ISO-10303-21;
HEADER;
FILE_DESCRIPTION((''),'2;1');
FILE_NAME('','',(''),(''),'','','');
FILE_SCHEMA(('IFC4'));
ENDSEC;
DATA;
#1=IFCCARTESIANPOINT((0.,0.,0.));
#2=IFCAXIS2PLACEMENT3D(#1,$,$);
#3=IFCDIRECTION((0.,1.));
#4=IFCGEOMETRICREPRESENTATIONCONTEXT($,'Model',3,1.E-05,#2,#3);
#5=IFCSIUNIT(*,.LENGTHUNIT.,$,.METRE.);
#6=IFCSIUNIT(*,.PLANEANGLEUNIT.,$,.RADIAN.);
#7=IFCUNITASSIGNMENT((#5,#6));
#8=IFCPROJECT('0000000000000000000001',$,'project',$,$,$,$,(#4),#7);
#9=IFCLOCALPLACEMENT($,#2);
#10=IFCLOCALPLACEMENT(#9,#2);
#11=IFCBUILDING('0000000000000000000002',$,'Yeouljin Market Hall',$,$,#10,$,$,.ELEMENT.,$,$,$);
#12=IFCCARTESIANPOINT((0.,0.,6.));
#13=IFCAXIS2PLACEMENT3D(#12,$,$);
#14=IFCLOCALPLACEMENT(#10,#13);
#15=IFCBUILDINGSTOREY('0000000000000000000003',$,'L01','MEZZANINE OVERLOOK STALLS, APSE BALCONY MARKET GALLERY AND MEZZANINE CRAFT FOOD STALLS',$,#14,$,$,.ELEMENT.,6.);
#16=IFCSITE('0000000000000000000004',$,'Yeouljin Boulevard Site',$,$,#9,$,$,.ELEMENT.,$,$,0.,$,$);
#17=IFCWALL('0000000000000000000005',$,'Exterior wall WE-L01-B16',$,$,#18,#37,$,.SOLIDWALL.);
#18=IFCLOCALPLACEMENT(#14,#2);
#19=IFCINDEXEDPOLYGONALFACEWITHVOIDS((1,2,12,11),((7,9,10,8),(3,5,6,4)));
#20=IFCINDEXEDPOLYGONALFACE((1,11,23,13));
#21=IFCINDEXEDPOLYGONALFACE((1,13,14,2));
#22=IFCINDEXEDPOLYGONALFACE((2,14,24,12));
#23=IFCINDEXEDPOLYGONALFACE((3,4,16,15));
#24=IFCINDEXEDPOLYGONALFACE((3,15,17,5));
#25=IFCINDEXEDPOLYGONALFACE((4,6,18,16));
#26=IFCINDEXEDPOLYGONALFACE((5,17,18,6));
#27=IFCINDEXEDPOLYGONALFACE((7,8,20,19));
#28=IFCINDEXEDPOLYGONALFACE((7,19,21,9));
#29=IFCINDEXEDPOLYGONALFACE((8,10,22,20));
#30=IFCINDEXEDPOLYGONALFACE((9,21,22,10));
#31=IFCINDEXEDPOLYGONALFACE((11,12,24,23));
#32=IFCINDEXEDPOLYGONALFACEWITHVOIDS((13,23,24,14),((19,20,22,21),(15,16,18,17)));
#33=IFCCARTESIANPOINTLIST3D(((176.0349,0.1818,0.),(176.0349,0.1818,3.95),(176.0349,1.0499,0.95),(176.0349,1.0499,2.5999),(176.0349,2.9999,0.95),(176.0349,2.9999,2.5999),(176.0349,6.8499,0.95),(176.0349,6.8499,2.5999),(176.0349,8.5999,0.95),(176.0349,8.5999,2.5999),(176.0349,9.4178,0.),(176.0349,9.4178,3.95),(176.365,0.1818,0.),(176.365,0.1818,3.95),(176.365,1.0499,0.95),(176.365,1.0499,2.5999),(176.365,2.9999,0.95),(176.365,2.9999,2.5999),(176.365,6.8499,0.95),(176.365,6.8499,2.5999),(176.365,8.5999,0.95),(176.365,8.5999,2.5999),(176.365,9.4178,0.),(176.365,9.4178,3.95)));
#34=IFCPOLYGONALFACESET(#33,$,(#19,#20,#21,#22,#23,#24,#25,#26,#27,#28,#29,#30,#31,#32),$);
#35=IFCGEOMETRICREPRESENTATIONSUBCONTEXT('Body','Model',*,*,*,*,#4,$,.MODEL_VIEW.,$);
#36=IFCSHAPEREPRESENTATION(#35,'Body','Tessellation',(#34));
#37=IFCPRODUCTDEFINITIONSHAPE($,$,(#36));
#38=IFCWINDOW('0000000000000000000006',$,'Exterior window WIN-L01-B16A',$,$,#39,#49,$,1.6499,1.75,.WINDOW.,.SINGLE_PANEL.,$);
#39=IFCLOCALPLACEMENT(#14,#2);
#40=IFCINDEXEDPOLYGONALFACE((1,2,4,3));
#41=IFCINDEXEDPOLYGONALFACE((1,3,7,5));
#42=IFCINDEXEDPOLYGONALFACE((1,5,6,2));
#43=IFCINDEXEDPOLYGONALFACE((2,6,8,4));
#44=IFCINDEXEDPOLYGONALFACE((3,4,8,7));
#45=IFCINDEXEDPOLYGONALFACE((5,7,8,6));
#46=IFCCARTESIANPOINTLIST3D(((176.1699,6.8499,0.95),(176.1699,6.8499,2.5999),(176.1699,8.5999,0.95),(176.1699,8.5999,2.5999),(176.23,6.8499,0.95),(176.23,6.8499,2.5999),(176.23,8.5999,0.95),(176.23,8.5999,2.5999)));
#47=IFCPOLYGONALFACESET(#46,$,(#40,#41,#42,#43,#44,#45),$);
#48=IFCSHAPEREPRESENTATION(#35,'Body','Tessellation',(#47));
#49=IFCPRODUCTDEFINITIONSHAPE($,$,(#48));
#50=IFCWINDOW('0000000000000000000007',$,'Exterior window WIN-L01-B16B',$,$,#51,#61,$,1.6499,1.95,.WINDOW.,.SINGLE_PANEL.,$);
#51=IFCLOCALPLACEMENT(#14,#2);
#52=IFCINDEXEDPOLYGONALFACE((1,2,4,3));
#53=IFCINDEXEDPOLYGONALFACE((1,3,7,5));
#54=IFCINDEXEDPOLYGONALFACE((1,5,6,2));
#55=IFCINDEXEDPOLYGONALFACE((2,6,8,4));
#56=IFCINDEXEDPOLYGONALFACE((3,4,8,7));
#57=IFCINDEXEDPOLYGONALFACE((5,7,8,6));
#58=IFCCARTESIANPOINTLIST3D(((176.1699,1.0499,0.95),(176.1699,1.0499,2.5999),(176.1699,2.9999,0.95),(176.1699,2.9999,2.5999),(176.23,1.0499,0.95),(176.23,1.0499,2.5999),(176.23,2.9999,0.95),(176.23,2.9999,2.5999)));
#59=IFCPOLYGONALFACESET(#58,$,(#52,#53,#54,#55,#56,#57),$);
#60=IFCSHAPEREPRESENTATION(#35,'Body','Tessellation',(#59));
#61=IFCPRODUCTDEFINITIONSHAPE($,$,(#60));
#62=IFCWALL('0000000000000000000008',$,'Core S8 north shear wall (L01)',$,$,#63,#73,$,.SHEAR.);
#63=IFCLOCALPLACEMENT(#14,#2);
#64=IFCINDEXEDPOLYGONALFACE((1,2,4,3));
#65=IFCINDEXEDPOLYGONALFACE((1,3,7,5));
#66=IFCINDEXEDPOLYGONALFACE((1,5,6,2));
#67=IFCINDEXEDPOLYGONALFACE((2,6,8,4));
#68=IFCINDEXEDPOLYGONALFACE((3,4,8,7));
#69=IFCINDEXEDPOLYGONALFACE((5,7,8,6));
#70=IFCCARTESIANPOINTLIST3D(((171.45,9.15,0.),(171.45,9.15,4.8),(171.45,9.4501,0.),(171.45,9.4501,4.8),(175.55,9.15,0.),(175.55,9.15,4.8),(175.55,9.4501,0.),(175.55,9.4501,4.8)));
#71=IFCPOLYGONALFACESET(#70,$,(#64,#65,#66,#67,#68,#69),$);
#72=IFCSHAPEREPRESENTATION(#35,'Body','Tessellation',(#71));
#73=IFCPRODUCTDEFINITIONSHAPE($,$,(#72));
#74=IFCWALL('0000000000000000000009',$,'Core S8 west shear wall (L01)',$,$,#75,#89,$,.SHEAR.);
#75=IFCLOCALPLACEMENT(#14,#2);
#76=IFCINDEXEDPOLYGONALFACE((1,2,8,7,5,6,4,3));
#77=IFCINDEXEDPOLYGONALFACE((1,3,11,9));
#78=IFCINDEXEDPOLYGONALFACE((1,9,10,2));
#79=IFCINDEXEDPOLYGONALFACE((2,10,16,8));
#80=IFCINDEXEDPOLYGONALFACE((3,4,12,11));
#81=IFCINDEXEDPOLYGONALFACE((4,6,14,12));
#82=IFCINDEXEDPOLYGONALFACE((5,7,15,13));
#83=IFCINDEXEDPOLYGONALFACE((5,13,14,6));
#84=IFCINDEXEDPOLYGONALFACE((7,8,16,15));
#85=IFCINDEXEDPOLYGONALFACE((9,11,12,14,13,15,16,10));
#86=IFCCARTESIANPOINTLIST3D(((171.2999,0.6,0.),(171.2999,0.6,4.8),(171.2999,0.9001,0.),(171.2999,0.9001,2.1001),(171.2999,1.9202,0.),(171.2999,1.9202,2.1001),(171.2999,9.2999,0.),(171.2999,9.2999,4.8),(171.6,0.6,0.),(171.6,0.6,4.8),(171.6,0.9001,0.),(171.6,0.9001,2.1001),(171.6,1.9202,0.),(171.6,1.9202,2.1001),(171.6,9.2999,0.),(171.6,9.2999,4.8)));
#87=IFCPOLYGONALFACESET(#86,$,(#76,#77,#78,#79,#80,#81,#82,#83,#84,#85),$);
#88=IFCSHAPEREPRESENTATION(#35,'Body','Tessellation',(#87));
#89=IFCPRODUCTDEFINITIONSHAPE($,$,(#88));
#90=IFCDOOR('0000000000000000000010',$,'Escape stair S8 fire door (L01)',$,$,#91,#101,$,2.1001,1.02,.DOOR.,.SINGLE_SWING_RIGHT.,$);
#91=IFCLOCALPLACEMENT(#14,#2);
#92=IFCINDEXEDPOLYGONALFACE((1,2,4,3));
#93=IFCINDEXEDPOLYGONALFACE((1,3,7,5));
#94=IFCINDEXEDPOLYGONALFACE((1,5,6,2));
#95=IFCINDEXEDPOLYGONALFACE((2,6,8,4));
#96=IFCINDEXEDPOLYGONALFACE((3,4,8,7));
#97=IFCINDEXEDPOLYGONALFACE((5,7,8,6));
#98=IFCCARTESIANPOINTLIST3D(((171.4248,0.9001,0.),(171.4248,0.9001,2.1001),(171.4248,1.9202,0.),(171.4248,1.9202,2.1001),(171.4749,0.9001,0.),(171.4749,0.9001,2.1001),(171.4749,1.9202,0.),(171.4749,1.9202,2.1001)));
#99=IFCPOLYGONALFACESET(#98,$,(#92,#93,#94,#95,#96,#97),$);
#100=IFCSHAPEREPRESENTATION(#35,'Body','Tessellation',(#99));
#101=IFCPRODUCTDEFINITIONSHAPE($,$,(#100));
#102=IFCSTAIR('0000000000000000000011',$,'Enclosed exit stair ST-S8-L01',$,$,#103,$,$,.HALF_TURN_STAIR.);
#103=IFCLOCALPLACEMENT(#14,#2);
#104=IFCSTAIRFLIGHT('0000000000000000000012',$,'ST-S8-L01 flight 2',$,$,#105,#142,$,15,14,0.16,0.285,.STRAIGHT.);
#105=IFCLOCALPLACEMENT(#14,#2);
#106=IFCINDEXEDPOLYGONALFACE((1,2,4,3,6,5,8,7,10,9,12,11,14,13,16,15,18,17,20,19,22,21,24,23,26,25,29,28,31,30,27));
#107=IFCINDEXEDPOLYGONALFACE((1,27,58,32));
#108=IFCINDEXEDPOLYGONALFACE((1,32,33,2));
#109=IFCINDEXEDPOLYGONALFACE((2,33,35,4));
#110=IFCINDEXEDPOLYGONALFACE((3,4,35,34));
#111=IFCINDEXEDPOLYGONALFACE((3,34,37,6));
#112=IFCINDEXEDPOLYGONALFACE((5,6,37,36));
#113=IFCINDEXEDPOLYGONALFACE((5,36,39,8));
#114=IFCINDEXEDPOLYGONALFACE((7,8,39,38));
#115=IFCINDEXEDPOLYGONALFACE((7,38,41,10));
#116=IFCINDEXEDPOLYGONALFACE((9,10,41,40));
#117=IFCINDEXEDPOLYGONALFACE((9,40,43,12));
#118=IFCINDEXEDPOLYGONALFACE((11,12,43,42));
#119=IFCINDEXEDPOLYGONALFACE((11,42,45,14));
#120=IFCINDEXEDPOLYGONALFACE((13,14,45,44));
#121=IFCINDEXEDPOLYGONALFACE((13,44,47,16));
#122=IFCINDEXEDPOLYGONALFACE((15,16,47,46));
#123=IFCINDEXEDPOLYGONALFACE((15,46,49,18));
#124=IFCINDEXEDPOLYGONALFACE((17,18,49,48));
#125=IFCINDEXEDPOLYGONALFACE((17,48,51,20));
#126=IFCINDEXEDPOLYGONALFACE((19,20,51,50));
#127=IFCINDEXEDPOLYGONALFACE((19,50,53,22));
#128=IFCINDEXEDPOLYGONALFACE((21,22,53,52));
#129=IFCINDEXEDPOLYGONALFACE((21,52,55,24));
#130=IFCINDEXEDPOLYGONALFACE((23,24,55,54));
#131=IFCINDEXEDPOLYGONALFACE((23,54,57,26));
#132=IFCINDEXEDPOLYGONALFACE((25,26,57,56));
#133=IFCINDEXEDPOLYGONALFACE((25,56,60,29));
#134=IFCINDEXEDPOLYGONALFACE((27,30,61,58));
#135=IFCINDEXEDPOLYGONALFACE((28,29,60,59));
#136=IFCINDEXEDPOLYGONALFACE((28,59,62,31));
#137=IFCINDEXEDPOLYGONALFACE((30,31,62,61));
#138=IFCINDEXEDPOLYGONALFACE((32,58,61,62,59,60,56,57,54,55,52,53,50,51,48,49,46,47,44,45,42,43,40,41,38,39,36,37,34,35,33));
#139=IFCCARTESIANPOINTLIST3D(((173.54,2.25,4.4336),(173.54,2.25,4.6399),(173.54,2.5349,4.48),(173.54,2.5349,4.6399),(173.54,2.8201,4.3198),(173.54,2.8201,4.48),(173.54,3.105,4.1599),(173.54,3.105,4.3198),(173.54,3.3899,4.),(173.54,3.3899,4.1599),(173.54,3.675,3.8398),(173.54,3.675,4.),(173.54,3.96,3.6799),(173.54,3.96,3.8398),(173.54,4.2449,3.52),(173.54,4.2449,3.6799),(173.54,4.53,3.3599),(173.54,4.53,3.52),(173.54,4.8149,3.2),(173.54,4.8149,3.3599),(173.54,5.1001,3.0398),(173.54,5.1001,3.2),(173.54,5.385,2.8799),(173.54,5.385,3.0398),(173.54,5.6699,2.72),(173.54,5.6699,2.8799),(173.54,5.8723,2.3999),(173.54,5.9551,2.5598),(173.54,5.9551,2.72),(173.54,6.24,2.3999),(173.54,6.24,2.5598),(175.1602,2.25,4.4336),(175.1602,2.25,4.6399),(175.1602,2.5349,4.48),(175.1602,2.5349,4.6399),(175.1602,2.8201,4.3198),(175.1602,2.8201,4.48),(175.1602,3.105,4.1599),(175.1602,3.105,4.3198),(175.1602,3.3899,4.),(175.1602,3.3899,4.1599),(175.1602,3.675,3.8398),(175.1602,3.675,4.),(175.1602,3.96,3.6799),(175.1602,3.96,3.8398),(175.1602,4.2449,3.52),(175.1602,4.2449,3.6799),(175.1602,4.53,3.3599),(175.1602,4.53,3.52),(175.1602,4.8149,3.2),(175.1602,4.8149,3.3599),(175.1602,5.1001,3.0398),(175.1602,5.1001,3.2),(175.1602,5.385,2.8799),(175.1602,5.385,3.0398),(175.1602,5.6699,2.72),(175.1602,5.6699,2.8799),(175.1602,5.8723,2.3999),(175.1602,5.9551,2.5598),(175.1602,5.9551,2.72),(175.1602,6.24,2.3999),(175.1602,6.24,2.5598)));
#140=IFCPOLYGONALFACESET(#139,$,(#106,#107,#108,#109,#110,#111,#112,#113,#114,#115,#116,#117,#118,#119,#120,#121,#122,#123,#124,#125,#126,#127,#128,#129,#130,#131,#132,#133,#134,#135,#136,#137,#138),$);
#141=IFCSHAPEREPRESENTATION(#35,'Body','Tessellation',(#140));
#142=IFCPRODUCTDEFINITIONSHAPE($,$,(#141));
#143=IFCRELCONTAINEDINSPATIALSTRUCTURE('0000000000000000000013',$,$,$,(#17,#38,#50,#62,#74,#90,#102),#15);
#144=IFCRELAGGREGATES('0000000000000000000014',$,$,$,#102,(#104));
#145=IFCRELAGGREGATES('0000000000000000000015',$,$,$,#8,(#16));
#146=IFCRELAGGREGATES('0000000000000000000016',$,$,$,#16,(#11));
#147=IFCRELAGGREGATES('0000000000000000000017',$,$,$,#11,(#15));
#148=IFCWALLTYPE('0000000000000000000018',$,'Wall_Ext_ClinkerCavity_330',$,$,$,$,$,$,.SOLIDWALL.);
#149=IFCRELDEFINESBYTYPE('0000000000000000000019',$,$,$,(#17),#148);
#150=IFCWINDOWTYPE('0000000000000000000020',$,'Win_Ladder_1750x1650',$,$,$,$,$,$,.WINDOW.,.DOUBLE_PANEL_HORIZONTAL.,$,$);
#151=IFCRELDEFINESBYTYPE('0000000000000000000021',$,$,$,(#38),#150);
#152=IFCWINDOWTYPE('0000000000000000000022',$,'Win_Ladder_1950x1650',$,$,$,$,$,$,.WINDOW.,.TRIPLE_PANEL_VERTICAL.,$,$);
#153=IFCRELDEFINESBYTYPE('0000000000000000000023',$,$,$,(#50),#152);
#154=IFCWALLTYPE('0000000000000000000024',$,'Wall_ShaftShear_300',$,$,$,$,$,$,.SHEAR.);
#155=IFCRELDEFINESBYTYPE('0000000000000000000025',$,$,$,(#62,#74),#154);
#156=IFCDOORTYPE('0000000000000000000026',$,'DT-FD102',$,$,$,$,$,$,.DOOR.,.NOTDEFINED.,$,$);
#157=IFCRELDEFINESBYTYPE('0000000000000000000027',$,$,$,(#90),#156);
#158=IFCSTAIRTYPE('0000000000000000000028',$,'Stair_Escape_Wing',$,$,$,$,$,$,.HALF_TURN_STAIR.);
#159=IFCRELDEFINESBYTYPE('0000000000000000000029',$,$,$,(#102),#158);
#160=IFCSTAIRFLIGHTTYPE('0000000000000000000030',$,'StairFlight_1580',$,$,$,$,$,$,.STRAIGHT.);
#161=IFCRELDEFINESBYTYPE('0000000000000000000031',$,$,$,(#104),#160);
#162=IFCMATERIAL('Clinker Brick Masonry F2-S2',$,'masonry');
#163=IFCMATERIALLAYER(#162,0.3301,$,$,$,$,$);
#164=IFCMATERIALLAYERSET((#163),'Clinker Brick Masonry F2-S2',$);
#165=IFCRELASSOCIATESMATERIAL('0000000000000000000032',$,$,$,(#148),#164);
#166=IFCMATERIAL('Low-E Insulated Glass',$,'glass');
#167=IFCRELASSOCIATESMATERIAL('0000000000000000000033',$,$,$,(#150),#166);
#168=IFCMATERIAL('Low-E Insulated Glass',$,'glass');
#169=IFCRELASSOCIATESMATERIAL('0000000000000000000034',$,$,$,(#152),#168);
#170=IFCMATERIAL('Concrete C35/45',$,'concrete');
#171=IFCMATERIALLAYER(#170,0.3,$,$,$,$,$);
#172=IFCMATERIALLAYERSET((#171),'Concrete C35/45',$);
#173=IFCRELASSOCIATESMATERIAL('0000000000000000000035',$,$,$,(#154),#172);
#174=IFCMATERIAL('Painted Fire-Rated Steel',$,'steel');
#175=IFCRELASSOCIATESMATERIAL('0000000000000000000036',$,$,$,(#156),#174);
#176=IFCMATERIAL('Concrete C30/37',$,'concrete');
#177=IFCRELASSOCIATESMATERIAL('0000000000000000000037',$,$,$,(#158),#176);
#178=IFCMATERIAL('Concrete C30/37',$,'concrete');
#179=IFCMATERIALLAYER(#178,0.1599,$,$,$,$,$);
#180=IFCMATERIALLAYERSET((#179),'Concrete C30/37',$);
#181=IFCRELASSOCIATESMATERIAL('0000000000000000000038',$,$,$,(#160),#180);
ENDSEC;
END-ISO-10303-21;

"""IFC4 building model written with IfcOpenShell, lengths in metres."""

from ifc_helpers import new_model, si_unit, direction, frame, frame_2d, origin, place, context, subcontext, project, spatial, polyline, rectangle, outline, extrude, material, layer, layer_set, type_object, element, fill, aggregate, save


model = new_model("IFC4")

# Units and contexts
model_context = context("Model", 3, precision=1e-05, world=origin(), true_north=direction((0.0, 1.0)))
body_context = subcontext(model_context, "Body", "Model", "MODEL_VIEW")
ifc_project = project(units=[si_unit("LENGTHUNIT", "METRE"), si_unit("PLANEANGLEUNIT", "RADIAN")], contexts=[model_context])

# Site, building, storey
site_placement = place(None, origin())
site = spatial("IfcSite", under=ifc_project, at=site_placement, Name="Yeouljin Boulevard Site", CompositionType="ELEMENT", RefElevation=0.0)
building_placement = place(site_placement, origin())
building = spatial("IfcBuilding", under=site, at=building_placement, Name="Yeouljin Market Hall", CompositionType="ELEMENT")
storey_placement = place(building_placement, frame((0.0, 0.0, 6.0)))
storey = spatial("IfcBuildingStorey", under=building, at=storey_placement, Name="L01", Description="MEZZANINE OVERLOOK STALLS, APSE BALCONY MARKET GALLERY AND MEZZANINE CRAFT FOOD STALLS", CompositionType="ELEMENT", Elevation=6.0)

# Wall, openings, windows
ifc_material_1 = material(Name="Clinker Brick Masonry F2-S2", Category="masonry")
ifc_layer_1 = layer(ifc_material_1, 0.3301)
ifc_layer_set_1 = layer_set([ifc_layer_1], Name="Clinker Brick Masonry F2-S2")
wall_type_1 = type_object("IfcWallType", Name="Wall_Ext_ClinkerCavity_330", PredefinedType="SOLIDWALL", material=ifc_layer_set_1)
wall_1_placement = place(storey_placement, frame((176.2, 9.418, 0.0), z_axis=(0.0, 0.0, 1.0), x_axis=(0.0, -1.0, 0.0)))
wall_1 = element("IfcWall", 1, at=wall_1_placement, inside=storey, type_object=wall_type_1, Name="Exterior wall WE-L01-B16", PredefinedType="SOLIDWALL", context=body_context, shape_type="SweptSolid", body=[
    extrude(rectangle(XDim=9.2361, YDim=0.3301, at=frame_2d((4.6182, 0.0))), origin(), (0.0, 0.0, 1.0), 3.95),
])
opening_1_placement = place(wall_1_placement, frame((0.8181, 0.0, 0.95)))
opening_1 = element("IfcOpeningElement", 2, at=opening_1_placement, cuts=wall_1, PredefinedType="OPENING", context=body_context, shape_type="SweptSolid", body=[
    extrude(rectangle(XDim=1.75, YDim=1.6499, at=frame_2d((0.875, 0.825))), frame((0.0, 0.175, 0.0), z_axis=(0.0, -1.0, 0.0), x_axis=(1.0, 0.0, 0.0)), (0.0, 0.0, 1.0), 0.3501),
])
opening_2_placement = place(wall_1_placement, frame((6.418, 0.0, 0.95)))
opening_2 = element("IfcOpeningElement", 3, at=opening_2_placement, cuts=wall_1, PredefinedType="OPENING", context=body_context, shape_type="SweptSolid", body=[
    extrude(rectangle(XDim=1.95, YDim=1.6499, at=frame_2d((0.9751, 0.825))), frame((0.0, 0.175, 0.0), z_axis=(0.0, -1.0, 0.0), x_axis=(1.0, 0.0, 0.0)), (0.0, 0.0, 1.0), 0.3501),
])
ifc_material_2 = material(Name="Low-E Insulated Glass", Category="glass")
window_type_1 = type_object("IfcWindowType", Name="Win_Ladder_1750x1650", PartitioningType="DOUBLE_PANEL_HORIZONTAL", PredefinedType="WINDOW", material=ifc_material_2)
window_1_placement = place(opening_1_placement, origin())
window_1 = element("IfcWindow", 4, at=window_1_placement, inside=storey, type_object=window_type_1, Name="Exterior window WIN-L01-B16A", OverallHeight=1.6499, OverallWidth=1.75, PartitioningType="SINGLE_PANEL", PredefinedType="WINDOW", context=body_context, shape_type="SweptSolid", body=[
    extrude(rectangle(XDim=1.75, YDim=1.6499, at=frame_2d((0.875, 0.825))), frame((0.0, 0.03, 0.0), z_axis=(0.0, -1.0, 0.0), x_axis=(1.0, 0.0, 0.0)), (0.0, 0.0, 1.0), 0.0601),
])
fill(opening_1, window_1)
ifc_material_3 = material(Name="Low-E Insulated Glass", Category="glass")
window_type_2 = type_object("IfcWindowType", Name="Win_Ladder_1950x1650", PartitioningType="TRIPLE_PANEL_VERTICAL", PredefinedType="WINDOW", material=ifc_material_3)
window_2_placement = place(opening_2_placement, origin())
window_2 = element("IfcWindow", 5, at=window_2_placement, inside=storey, type_object=window_type_2, Name="Exterior window WIN-L01-B16B", OverallHeight=1.6499, OverallWidth=1.95, PartitioningType="SINGLE_PANEL", PredefinedType="WINDOW", context=body_context, shape_type="SweptSolid", body=[
    extrude(rectangle(XDim=1.95, YDim=1.6499, at=frame_2d((0.9751, 0.825))), frame((0.0, 0.03, 0.0), z_axis=(0.0, -1.0, 0.0), x_axis=(1.0, 0.0, 0.0)), (0.0, 0.0, 1.0), 0.0601),
])
fill(opening_2, window_2)

# Wall
ifc_material_4 = material(Name="Concrete C35/45", Category="concrete")
ifc_layer_2 = layer(ifc_material_4, 0.3)
ifc_layer_set_2 = layer_set([ifc_layer_2], Name="Concrete C35/45")
wall_type_2 = type_object("IfcWallType", Name="Wall_ShaftShear_300", PredefinedType="SHEAR", material=ifc_layer_set_2)
wall_2_placement = place(storey_placement, frame((175.55, 9.3, 0.0), z_axis=(0.0, 0.0, 1.0), x_axis=(-1.0, 0.0, 0.0)))
element("IfcWall", 6, at=wall_2_placement, inside=storey, type_object=wall_type_2, Name="Core S8 north shear wall (L01)", PredefinedType="SHEAR", context=body_context, shape_type="SweptSolid", body=[
    extrude(rectangle(XDim=4.1001, YDim=0.3, at=frame_2d((2.05, 0.0))), origin(), (0.0, 0.0, 1.0), 4.8),
])

# Wall, opening, door
wall_3_placement = place(storey_placement, frame((171.45, 9.3, 0.0), z_axis=(0.0, 0.0, 1.0), x_axis=(0.0, -1.0, 0.0)))
wall_3 = element("IfcWall", 7, at=wall_3_placement, inside=storey, type_object=wall_type_2, Name="Core S8 west shear wall (L01)", PredefinedType="SHEAR", context=body_context, shape_type="SweptSolid", body=[
    extrude(rectangle(XDim=8.7, YDim=0.3, at=frame_2d((4.3501, 0.0))), origin(), (0.0, 0.0, 1.0), 4.8),
])
opening_3_placement = place(wall_3_placement, frame((7.3799, 0.0, 0.0)))
opening_3 = element("IfcOpeningElement", 8, at=opening_3_placement, cuts=wall_3, PredefinedType="OPENING", context=body_context, shape_type="SweptSolid", body=[
    extrude(rectangle(XDim=1.02, YDim=2.1001, at=frame_2d((0.51, 1.05))), frame((0.0, 0.1599, 0.0), z_axis=(0.0, -1.0, 0.0), x_axis=(1.0, 0.0, 0.0)), (0.0, 0.0, 1.0), 0.3201),
])
ifc_material_5 = material(Name="Painted Fire-Rated Steel", Category="steel")
door_type = type_object("IfcDoorType", Name="DT-FD102", OperationType="NOTDEFINED", PredefinedType="DOOR", material=ifc_material_5)
door_placement = place(opening_3_placement, origin())
door = element("IfcDoor", 9, at=door_placement, inside=storey, type_object=door_type, Name="Escape stair S8 fire door (L01)", OperationType="SINGLE_SWING_RIGHT", OverallHeight=2.1001, OverallWidth=1.02, PredefinedType="DOOR", context=body_context, shape_type="SweptSolid", body=[
    extrude(rectangle(XDim=1.02, YDim=2.1001, at=frame_2d((0.51, 1.05))), frame((0.0, 0.0249, 0.0), z_axis=(0.0, -1.0, 0.0), x_axis=(1.0, 0.0, 0.0)), (0.0, 0.0, 1.0), 0.05),
])
fill(opening_3, door)

# Stair, stair flight
ifc_material_6 = material(Name="Concrete C30/37", Category="concrete")
stair_type = type_object("IfcStairType", Name="Stair_Escape_Wing", PredefinedType="HALF_TURN_STAIR", material=ifc_material_6)
stair_placement = place(storey_placement, origin())
stair = element("IfcStair", 10, at=stair_placement, inside=storey, type_object=stair_type, Name="Enclosed exit stair ST-S8-L01", PredefinedType="HALF_TURN_STAIR")
ifc_material_7 = material(Name="Concrete C30/37", Category="concrete")
ifc_layer_3 = layer(ifc_material_7, 0.1599)
ifc_layer_set_3 = layer_set([ifc_layer_3], Name="Concrete C30/37")
stair_flight_type = type_object("IfcStairFlightType", Name="StairFlight_1580", PredefinedType="STRAIGHT", material=ifc_layer_set_3)
stair_flight_placement = place(storey_placement, frame((174.3501, 6.24, 2.3999), z_axis=(0.0, 0.0, 1.0), x_axis=(0.0, -1.0, 0.0)))
stair_flight = element("IfcStairFlight", 11, at=stair_flight_placement, type_object=stair_flight_type, Name="ST-S8-L01 flight 2", NumberOfRisers=15, NumberOfTreads=14, PredefinedType="STRAIGHT", RiserHeight=0.16, TreadLength=0.285, context=body_context, shape_type="SweptSolid", body=[
    extrude(outline(polyline([(0.0, 0.0), (0.0, 0.1599), (0.2849, 0.1599), (0.2849, 0.3201), (0.5701, 0.3201), (0.5701, 0.48), (0.855, 0.48), (0.855, 0.6399), (1.1399, 0.6399), (1.1399, 0.8), (1.425, 0.8), (1.425, 0.96), (1.71, 0.96), (1.71, 1.1201), (1.9951, 1.1201), (1.9951, 1.28), (2.28, 1.28), (2.28, 1.4399), (2.5649, 1.4399), (2.5649, 1.6001), (2.8501, 1.6001), (2.8501, 1.76), (3.135, 1.76), (3.135, 1.9199), (3.4199, 1.9199), (3.4199, 2.0801), (3.7051, 2.0801), (3.7051, 2.24), (3.99, 2.24), (3.99, 2.3999), (3.99, 2.0337), (0.3677, 0.0), (0.0, 0.0)])), frame((0.0, 0.8101, 0.0), z_axis=(0.0, -1.0, 0.0), x_axis=(1.0, 0.0, 0.0)), (0.0, 0.0, 1.0), 1.6201),
])
aggregate(stair, [stair_flight])

save(model, "model.ifc")
